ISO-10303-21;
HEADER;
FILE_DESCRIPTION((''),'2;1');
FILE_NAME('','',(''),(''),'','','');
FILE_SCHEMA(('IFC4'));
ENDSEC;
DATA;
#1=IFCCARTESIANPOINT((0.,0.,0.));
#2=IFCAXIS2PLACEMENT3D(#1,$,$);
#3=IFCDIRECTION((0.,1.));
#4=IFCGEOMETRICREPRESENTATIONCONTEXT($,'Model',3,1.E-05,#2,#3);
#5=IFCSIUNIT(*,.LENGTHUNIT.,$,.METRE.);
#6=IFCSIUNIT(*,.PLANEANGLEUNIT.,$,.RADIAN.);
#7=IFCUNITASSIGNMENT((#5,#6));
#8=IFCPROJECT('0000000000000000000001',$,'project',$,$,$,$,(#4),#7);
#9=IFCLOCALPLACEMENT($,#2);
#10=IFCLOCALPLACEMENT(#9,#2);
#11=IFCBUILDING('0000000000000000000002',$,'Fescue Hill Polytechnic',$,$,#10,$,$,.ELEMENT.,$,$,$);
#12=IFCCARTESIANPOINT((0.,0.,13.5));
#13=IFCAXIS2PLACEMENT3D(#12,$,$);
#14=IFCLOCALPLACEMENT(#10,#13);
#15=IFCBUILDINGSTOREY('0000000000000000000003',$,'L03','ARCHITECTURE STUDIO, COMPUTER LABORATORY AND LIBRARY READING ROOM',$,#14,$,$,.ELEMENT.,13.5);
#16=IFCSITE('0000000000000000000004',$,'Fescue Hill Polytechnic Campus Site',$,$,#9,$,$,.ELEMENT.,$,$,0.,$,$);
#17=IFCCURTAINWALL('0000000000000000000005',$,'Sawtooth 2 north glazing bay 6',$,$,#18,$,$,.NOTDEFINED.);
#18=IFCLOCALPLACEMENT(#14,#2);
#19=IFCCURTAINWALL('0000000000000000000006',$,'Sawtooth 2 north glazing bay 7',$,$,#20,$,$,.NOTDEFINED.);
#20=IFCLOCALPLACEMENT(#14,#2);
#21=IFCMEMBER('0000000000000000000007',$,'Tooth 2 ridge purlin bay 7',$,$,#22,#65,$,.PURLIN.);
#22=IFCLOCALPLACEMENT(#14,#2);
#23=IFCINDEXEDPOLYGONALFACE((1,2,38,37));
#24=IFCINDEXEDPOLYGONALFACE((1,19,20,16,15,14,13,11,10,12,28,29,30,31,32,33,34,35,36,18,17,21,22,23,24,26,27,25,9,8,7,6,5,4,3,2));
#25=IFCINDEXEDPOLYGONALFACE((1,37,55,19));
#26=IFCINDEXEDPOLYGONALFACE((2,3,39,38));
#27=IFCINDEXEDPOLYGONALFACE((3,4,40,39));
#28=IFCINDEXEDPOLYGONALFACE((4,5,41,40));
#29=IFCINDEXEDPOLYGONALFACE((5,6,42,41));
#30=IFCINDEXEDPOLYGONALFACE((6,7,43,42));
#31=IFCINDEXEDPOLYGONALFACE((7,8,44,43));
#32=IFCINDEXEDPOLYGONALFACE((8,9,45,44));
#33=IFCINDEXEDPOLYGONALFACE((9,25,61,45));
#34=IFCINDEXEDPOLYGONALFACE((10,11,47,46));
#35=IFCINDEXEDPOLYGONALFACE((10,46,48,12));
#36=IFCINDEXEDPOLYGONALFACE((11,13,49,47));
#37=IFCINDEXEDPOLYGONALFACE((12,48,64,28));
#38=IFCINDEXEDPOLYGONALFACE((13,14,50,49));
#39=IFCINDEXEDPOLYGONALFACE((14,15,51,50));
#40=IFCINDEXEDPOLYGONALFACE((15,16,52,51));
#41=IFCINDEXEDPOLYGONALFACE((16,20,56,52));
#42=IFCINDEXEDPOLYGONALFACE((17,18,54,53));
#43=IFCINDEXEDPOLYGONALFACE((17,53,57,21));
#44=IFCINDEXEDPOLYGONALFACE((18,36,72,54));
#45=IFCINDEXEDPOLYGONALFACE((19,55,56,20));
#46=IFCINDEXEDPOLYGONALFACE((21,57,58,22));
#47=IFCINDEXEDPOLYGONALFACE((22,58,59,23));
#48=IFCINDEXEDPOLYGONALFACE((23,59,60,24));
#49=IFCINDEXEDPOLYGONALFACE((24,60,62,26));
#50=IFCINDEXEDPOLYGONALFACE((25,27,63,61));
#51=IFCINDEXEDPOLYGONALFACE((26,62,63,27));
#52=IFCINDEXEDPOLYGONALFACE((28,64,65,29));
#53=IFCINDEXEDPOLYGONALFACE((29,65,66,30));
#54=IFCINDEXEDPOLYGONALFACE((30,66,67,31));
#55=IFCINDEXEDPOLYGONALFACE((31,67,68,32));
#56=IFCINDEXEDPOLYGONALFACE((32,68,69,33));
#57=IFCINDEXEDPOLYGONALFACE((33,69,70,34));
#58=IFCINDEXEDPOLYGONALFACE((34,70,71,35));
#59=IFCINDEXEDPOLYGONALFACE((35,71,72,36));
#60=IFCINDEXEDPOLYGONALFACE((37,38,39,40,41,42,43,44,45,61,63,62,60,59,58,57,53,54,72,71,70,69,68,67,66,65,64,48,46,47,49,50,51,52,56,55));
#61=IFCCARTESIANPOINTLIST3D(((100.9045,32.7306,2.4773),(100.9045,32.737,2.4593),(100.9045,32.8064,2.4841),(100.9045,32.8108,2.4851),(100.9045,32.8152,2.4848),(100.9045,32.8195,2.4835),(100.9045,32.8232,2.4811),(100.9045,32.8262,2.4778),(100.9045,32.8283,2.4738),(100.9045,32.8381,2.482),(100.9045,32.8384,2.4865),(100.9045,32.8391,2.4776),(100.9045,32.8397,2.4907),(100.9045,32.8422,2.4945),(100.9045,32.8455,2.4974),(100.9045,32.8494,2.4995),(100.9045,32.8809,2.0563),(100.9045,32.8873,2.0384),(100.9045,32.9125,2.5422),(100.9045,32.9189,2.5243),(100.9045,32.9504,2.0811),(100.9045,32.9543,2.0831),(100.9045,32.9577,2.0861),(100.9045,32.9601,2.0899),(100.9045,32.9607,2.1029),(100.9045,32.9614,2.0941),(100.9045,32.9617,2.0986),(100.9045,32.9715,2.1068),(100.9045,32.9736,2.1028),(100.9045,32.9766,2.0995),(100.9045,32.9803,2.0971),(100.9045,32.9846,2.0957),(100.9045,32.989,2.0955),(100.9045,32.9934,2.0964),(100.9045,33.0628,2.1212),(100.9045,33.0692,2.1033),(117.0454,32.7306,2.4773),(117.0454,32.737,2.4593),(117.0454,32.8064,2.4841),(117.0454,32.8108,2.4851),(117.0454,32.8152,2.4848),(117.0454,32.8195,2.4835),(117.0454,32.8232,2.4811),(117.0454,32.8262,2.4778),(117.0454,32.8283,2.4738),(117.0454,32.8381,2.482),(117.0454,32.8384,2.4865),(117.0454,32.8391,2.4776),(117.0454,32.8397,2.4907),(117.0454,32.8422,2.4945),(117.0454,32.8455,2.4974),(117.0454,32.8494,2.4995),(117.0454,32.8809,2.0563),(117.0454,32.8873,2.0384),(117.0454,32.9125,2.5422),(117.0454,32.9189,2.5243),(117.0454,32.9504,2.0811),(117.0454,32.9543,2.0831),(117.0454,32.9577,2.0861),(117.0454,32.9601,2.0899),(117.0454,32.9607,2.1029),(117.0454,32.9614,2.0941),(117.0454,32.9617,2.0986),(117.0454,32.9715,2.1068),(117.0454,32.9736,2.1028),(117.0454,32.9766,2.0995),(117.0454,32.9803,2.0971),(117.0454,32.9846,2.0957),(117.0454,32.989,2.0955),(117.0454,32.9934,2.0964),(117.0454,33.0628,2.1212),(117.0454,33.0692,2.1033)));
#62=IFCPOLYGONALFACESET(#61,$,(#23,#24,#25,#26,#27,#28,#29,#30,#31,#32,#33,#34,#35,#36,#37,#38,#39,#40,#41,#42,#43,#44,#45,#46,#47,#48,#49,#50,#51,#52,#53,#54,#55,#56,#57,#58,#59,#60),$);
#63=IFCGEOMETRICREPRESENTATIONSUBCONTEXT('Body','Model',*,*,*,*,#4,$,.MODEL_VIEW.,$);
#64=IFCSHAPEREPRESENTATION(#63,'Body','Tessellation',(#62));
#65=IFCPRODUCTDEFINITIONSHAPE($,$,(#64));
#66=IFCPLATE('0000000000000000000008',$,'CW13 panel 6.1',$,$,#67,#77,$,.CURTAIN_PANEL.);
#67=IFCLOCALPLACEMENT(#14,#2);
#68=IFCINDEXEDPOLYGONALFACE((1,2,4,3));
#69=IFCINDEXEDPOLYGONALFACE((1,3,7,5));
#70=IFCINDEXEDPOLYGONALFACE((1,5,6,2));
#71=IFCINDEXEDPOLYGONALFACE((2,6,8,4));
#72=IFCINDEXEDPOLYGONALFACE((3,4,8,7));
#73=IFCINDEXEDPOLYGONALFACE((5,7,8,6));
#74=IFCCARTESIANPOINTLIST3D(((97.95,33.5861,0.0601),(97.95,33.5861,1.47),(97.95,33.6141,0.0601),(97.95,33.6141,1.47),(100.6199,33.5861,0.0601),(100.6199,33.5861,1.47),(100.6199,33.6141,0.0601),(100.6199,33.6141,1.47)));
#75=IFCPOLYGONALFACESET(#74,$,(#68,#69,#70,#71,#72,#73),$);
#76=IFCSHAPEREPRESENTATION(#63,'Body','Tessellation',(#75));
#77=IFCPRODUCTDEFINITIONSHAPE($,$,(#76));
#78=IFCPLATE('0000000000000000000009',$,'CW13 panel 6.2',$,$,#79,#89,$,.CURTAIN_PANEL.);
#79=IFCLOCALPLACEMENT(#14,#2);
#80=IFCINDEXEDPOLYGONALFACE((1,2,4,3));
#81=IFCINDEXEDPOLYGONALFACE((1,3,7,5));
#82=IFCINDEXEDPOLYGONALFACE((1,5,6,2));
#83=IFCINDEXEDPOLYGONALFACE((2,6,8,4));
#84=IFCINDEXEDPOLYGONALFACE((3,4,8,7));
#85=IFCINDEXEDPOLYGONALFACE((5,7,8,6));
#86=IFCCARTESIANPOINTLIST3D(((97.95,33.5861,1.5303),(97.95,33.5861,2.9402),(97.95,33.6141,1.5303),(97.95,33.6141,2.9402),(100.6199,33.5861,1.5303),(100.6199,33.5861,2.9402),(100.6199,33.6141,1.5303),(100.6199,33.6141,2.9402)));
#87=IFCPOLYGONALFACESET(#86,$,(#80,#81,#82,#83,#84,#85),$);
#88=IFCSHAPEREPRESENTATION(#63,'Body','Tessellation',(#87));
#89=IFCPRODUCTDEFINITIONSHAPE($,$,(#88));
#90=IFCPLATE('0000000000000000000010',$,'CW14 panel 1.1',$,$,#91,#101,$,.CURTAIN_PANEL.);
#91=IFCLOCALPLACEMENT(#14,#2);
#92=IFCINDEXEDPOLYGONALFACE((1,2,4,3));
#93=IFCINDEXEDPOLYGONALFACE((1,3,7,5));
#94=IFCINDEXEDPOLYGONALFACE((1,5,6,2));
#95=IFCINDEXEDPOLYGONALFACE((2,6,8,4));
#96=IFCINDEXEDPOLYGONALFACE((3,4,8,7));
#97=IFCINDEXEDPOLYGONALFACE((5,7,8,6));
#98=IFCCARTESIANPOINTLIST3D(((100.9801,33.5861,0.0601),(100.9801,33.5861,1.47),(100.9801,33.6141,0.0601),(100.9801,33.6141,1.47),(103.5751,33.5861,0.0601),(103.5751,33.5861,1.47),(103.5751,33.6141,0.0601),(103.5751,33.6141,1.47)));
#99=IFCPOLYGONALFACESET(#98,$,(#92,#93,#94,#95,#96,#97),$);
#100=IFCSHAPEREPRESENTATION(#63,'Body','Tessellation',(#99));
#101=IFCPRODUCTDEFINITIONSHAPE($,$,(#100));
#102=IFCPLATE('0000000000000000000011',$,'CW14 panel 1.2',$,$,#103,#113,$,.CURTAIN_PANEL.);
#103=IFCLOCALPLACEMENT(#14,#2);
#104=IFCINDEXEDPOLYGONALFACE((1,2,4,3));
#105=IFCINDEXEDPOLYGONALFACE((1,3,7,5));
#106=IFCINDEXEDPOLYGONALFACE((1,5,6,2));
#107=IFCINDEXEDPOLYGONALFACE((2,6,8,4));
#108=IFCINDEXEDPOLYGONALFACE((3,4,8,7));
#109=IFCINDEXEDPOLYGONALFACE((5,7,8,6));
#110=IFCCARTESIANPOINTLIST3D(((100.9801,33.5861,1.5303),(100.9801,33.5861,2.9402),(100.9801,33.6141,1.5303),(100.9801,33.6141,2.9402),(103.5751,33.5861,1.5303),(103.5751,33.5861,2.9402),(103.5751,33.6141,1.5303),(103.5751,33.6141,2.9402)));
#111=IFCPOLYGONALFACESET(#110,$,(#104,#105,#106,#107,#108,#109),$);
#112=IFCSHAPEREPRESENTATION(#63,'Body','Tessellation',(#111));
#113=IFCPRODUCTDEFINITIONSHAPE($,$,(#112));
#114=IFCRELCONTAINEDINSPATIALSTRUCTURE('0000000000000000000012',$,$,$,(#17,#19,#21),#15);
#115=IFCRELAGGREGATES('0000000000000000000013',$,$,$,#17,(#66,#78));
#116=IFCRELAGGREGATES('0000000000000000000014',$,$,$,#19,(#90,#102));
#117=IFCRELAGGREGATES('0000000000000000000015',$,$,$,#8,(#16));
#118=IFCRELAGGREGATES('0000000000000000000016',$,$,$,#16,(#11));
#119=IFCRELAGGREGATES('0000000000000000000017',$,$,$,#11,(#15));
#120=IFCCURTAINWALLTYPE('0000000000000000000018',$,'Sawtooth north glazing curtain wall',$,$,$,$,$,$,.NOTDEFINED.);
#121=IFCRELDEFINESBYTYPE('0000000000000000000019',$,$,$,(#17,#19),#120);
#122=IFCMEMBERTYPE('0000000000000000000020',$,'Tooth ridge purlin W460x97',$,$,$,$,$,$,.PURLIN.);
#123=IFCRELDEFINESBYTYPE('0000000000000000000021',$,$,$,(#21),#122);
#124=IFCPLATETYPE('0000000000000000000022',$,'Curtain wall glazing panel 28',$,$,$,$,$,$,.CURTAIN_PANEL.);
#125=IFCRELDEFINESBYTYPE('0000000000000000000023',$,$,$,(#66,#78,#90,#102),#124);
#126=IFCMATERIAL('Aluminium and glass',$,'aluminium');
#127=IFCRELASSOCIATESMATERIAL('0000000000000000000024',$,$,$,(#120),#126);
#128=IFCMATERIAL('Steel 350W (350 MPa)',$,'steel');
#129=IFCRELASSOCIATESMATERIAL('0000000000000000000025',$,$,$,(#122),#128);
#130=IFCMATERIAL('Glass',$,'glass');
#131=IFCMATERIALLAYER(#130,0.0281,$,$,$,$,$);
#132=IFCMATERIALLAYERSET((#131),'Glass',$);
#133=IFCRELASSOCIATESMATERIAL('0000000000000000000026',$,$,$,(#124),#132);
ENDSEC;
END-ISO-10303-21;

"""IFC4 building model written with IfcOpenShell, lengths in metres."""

from ifc_helpers import new_model, si_unit, direction, frame, origin, origin_2d, place, context, subcontext, project, spatial, rectangle, i_section, extrude, material, layer, layer_set, material_profile, profile_set, type_object, element, aggregate, save


model = new_model("IFC4")

# Units and contexts
model_context = context("Model", 3, precision=1e-05, world=origin(), true_north=direction((0.0, 1.0)))
body_context = subcontext(model_context, "Body", "Model", "MODEL_VIEW")
ifc_project = project(units=[si_unit("LENGTHUNIT", "METRE"), si_unit("PLANEANGLEUNIT", "RADIAN")], contexts=[model_context])

# Site, building, storey
site_placement = place(None, origin())
site = spatial("IfcSite", under=ifc_project, at=site_placement, Name="Fescue Hill Polytechnic Campus Site", CompositionType="ELEMENT", RefElevation=0.0)
building_placement = place(site_placement, origin())
building = spatial("IfcBuilding", under=site, at=building_placement, Name="Fescue Hill Polytechnic", CompositionType="ELEMENT")
storey_placement = place(building_placement, frame((0.0, 0.0, 13.5)))
storey = spatial("IfcBuildingStorey", under=building, at=storey_placement, Name="L03", Description="ARCHITECTURE STUDIO, COMPUTER LABORATORY AND LIBRARY READING ROOM", CompositionType="ELEMENT", Elevation=13.5)

# Curtain walls
ifc_material_1 = material(Name="Aluminium and glass", Category="aluminium")
curtain_wall_type = type_object("IfcCurtainWallType", Name="Sawtooth north glazing curtain wall", PredefinedType="NOTDEFINED", material=ifc_material_1)
curtain_wall_1_placement = place(storey_placement, origin())
curtain_wall_1 = element("IfcCurtainWall", 1, at=curtain_wall_1_placement, inside=storey, type_object=curtain_wall_type, Name="Sawtooth 2 north glazing bay 6", PredefinedType="NOTDEFINED")
curtain_wall_2_placement = place(storey_placement, origin())
curtain_wall_2 = element("IfcCurtainWall", 2, at=curtain_wall_2_placement, inside=storey, type_object=curtain_wall_type, Name="Sawtooth 2 north glazing bay 7", PredefinedType="NOTDEFINED")

# Member
ifc_material_2 = material(Name="Steel 350W (350 MPa)", Category="steel")
ifc_material_profile_1 = material_profile(ifc_material_2, i_section(OverallWidth=0.1931, OverallDepth=0.4661, WebThickness=0.0115, FlangeThickness=0.019, FilletRadius=0.0171, at=origin_2d()), Name="W460x97")
ifc_profile_set_1 = profile_set([ifc_material_profile_1], Name="Steel 350W (350 MPa)")
member_type_1 = type_object("IfcMemberType", Name="Tooth ridge purlin W460x97", PredefinedType="PURLIN", material=ifc_profile_set_1)
member_1_placement = place(storey_placement, frame((100.9045, 32.8999, 2.2903), z_axis=(1.0, 0.0, 0.0), x_axis=(0.0, 0.941742, 0.336336)))
element("IfcMember", 3, at=member_1_placement, inside=storey, type_object=member_type_1, Name="Tooth 2 ridge purlin bay 7", PredefinedType="PURLIN", context=body_context, shape_type="SweptSolid", body=[
    extrude(i_section(OverallWidth=0.1931, OverallDepth=0.4661, WebThickness=0.0115, FlangeThickness=0.019, FilletRadius=0.0171, at=origin_2d()), origin(), (0.0, 0.0, 1.0), 16.1409),
])

# Plates
ifc_material_3 = material(Name="Glass", Category="glass")
ifc_layer = layer(ifc_material_3, 0.0281)
ifc_layer_set = layer_set([ifc_layer], Name="Glass")
plate_type = type_object("IfcPlateType", Name="Curtain wall glazing panel 28", PredefinedType="CURTAIN_PANEL", material=ifc_layer_set)
plate_1_placement = place(storey_placement, frame((99.2849, 33.6001, 0.0601), z_axis=(0.0, 0.0, 1.0), x_axis=(1.0, 0.0, 0.0)))
plate_1 = element("IfcPlate", 4, at=plate_1_placement, type_object=plate_type, Name="CW13 panel 6.1", PredefinedType="CURTAIN_PANEL", context=body_context, shape_type="SweptSolid", body=[
    extrude(rectangle(XDim=2.6699, YDim=0.0281, at=origin_2d()), origin(), (0.0, 0.0, 1.0), 1.4099),
])
plate_2_placement = place(storey_placement, frame((99.2849, 33.6001, 1.5303), z_axis=(0.0, 0.0, 1.0), x_axis=(1.0, 0.0, 0.0)))
plate_2 = element("IfcPlate", 5, at=plate_2_placement, type_object=plate_type, Name="CW13 panel 6.2", PredefinedType="CURTAIN_PANEL", context=body_context, shape_type="SweptSolid", body=[
    extrude(rectangle(XDim=2.6699, YDim=0.0281, at=origin_2d()), origin(), (0.0, 0.0, 1.0), 1.4099),
])
aggregate(curtain_wall_1, [plate_1, plate_2])
plate_3_placement = place(storey_placement, frame((102.2776, 33.6001, 0.0601), z_axis=(0.0, 0.0, 1.0), x_axis=(1.0, 0.0, 0.0)))
plate_3 = element("IfcPlate", 6, at=plate_3_placement, type_object=plate_type, Name="CW14 panel 1.1", PredefinedType="CURTAIN_PANEL", context=body_context, shape_type="SweptSolid", body=[
    extrude(rectangle(XDim=2.595, YDim=0.0281, at=origin_2d()), origin(), (0.0, 0.0, 1.0), 1.4099),
])
plate_4_placement = place(storey_placement, frame((102.2776, 33.6001, 1.5303), z_axis=(0.0, 0.0, 1.0), x_axis=(1.0, 0.0, 0.0)))
plate_4 = element("IfcPlate", 7, at=plate_4_placement, type_object=plate_type, Name="CW14 panel 1.2", PredefinedType="CURTAIN_PANEL", context=body_context, shape_type="SweptSolid", body=[
    extrude(rectangle(XDim=2.595, YDim=0.0281, at=origin_2d()), origin(), (0.0, 0.0, 1.0), 1.4099),
])
aggregate(curtain_wall_2, [plate_3, plate_4])

save(model, "model.ifc")
